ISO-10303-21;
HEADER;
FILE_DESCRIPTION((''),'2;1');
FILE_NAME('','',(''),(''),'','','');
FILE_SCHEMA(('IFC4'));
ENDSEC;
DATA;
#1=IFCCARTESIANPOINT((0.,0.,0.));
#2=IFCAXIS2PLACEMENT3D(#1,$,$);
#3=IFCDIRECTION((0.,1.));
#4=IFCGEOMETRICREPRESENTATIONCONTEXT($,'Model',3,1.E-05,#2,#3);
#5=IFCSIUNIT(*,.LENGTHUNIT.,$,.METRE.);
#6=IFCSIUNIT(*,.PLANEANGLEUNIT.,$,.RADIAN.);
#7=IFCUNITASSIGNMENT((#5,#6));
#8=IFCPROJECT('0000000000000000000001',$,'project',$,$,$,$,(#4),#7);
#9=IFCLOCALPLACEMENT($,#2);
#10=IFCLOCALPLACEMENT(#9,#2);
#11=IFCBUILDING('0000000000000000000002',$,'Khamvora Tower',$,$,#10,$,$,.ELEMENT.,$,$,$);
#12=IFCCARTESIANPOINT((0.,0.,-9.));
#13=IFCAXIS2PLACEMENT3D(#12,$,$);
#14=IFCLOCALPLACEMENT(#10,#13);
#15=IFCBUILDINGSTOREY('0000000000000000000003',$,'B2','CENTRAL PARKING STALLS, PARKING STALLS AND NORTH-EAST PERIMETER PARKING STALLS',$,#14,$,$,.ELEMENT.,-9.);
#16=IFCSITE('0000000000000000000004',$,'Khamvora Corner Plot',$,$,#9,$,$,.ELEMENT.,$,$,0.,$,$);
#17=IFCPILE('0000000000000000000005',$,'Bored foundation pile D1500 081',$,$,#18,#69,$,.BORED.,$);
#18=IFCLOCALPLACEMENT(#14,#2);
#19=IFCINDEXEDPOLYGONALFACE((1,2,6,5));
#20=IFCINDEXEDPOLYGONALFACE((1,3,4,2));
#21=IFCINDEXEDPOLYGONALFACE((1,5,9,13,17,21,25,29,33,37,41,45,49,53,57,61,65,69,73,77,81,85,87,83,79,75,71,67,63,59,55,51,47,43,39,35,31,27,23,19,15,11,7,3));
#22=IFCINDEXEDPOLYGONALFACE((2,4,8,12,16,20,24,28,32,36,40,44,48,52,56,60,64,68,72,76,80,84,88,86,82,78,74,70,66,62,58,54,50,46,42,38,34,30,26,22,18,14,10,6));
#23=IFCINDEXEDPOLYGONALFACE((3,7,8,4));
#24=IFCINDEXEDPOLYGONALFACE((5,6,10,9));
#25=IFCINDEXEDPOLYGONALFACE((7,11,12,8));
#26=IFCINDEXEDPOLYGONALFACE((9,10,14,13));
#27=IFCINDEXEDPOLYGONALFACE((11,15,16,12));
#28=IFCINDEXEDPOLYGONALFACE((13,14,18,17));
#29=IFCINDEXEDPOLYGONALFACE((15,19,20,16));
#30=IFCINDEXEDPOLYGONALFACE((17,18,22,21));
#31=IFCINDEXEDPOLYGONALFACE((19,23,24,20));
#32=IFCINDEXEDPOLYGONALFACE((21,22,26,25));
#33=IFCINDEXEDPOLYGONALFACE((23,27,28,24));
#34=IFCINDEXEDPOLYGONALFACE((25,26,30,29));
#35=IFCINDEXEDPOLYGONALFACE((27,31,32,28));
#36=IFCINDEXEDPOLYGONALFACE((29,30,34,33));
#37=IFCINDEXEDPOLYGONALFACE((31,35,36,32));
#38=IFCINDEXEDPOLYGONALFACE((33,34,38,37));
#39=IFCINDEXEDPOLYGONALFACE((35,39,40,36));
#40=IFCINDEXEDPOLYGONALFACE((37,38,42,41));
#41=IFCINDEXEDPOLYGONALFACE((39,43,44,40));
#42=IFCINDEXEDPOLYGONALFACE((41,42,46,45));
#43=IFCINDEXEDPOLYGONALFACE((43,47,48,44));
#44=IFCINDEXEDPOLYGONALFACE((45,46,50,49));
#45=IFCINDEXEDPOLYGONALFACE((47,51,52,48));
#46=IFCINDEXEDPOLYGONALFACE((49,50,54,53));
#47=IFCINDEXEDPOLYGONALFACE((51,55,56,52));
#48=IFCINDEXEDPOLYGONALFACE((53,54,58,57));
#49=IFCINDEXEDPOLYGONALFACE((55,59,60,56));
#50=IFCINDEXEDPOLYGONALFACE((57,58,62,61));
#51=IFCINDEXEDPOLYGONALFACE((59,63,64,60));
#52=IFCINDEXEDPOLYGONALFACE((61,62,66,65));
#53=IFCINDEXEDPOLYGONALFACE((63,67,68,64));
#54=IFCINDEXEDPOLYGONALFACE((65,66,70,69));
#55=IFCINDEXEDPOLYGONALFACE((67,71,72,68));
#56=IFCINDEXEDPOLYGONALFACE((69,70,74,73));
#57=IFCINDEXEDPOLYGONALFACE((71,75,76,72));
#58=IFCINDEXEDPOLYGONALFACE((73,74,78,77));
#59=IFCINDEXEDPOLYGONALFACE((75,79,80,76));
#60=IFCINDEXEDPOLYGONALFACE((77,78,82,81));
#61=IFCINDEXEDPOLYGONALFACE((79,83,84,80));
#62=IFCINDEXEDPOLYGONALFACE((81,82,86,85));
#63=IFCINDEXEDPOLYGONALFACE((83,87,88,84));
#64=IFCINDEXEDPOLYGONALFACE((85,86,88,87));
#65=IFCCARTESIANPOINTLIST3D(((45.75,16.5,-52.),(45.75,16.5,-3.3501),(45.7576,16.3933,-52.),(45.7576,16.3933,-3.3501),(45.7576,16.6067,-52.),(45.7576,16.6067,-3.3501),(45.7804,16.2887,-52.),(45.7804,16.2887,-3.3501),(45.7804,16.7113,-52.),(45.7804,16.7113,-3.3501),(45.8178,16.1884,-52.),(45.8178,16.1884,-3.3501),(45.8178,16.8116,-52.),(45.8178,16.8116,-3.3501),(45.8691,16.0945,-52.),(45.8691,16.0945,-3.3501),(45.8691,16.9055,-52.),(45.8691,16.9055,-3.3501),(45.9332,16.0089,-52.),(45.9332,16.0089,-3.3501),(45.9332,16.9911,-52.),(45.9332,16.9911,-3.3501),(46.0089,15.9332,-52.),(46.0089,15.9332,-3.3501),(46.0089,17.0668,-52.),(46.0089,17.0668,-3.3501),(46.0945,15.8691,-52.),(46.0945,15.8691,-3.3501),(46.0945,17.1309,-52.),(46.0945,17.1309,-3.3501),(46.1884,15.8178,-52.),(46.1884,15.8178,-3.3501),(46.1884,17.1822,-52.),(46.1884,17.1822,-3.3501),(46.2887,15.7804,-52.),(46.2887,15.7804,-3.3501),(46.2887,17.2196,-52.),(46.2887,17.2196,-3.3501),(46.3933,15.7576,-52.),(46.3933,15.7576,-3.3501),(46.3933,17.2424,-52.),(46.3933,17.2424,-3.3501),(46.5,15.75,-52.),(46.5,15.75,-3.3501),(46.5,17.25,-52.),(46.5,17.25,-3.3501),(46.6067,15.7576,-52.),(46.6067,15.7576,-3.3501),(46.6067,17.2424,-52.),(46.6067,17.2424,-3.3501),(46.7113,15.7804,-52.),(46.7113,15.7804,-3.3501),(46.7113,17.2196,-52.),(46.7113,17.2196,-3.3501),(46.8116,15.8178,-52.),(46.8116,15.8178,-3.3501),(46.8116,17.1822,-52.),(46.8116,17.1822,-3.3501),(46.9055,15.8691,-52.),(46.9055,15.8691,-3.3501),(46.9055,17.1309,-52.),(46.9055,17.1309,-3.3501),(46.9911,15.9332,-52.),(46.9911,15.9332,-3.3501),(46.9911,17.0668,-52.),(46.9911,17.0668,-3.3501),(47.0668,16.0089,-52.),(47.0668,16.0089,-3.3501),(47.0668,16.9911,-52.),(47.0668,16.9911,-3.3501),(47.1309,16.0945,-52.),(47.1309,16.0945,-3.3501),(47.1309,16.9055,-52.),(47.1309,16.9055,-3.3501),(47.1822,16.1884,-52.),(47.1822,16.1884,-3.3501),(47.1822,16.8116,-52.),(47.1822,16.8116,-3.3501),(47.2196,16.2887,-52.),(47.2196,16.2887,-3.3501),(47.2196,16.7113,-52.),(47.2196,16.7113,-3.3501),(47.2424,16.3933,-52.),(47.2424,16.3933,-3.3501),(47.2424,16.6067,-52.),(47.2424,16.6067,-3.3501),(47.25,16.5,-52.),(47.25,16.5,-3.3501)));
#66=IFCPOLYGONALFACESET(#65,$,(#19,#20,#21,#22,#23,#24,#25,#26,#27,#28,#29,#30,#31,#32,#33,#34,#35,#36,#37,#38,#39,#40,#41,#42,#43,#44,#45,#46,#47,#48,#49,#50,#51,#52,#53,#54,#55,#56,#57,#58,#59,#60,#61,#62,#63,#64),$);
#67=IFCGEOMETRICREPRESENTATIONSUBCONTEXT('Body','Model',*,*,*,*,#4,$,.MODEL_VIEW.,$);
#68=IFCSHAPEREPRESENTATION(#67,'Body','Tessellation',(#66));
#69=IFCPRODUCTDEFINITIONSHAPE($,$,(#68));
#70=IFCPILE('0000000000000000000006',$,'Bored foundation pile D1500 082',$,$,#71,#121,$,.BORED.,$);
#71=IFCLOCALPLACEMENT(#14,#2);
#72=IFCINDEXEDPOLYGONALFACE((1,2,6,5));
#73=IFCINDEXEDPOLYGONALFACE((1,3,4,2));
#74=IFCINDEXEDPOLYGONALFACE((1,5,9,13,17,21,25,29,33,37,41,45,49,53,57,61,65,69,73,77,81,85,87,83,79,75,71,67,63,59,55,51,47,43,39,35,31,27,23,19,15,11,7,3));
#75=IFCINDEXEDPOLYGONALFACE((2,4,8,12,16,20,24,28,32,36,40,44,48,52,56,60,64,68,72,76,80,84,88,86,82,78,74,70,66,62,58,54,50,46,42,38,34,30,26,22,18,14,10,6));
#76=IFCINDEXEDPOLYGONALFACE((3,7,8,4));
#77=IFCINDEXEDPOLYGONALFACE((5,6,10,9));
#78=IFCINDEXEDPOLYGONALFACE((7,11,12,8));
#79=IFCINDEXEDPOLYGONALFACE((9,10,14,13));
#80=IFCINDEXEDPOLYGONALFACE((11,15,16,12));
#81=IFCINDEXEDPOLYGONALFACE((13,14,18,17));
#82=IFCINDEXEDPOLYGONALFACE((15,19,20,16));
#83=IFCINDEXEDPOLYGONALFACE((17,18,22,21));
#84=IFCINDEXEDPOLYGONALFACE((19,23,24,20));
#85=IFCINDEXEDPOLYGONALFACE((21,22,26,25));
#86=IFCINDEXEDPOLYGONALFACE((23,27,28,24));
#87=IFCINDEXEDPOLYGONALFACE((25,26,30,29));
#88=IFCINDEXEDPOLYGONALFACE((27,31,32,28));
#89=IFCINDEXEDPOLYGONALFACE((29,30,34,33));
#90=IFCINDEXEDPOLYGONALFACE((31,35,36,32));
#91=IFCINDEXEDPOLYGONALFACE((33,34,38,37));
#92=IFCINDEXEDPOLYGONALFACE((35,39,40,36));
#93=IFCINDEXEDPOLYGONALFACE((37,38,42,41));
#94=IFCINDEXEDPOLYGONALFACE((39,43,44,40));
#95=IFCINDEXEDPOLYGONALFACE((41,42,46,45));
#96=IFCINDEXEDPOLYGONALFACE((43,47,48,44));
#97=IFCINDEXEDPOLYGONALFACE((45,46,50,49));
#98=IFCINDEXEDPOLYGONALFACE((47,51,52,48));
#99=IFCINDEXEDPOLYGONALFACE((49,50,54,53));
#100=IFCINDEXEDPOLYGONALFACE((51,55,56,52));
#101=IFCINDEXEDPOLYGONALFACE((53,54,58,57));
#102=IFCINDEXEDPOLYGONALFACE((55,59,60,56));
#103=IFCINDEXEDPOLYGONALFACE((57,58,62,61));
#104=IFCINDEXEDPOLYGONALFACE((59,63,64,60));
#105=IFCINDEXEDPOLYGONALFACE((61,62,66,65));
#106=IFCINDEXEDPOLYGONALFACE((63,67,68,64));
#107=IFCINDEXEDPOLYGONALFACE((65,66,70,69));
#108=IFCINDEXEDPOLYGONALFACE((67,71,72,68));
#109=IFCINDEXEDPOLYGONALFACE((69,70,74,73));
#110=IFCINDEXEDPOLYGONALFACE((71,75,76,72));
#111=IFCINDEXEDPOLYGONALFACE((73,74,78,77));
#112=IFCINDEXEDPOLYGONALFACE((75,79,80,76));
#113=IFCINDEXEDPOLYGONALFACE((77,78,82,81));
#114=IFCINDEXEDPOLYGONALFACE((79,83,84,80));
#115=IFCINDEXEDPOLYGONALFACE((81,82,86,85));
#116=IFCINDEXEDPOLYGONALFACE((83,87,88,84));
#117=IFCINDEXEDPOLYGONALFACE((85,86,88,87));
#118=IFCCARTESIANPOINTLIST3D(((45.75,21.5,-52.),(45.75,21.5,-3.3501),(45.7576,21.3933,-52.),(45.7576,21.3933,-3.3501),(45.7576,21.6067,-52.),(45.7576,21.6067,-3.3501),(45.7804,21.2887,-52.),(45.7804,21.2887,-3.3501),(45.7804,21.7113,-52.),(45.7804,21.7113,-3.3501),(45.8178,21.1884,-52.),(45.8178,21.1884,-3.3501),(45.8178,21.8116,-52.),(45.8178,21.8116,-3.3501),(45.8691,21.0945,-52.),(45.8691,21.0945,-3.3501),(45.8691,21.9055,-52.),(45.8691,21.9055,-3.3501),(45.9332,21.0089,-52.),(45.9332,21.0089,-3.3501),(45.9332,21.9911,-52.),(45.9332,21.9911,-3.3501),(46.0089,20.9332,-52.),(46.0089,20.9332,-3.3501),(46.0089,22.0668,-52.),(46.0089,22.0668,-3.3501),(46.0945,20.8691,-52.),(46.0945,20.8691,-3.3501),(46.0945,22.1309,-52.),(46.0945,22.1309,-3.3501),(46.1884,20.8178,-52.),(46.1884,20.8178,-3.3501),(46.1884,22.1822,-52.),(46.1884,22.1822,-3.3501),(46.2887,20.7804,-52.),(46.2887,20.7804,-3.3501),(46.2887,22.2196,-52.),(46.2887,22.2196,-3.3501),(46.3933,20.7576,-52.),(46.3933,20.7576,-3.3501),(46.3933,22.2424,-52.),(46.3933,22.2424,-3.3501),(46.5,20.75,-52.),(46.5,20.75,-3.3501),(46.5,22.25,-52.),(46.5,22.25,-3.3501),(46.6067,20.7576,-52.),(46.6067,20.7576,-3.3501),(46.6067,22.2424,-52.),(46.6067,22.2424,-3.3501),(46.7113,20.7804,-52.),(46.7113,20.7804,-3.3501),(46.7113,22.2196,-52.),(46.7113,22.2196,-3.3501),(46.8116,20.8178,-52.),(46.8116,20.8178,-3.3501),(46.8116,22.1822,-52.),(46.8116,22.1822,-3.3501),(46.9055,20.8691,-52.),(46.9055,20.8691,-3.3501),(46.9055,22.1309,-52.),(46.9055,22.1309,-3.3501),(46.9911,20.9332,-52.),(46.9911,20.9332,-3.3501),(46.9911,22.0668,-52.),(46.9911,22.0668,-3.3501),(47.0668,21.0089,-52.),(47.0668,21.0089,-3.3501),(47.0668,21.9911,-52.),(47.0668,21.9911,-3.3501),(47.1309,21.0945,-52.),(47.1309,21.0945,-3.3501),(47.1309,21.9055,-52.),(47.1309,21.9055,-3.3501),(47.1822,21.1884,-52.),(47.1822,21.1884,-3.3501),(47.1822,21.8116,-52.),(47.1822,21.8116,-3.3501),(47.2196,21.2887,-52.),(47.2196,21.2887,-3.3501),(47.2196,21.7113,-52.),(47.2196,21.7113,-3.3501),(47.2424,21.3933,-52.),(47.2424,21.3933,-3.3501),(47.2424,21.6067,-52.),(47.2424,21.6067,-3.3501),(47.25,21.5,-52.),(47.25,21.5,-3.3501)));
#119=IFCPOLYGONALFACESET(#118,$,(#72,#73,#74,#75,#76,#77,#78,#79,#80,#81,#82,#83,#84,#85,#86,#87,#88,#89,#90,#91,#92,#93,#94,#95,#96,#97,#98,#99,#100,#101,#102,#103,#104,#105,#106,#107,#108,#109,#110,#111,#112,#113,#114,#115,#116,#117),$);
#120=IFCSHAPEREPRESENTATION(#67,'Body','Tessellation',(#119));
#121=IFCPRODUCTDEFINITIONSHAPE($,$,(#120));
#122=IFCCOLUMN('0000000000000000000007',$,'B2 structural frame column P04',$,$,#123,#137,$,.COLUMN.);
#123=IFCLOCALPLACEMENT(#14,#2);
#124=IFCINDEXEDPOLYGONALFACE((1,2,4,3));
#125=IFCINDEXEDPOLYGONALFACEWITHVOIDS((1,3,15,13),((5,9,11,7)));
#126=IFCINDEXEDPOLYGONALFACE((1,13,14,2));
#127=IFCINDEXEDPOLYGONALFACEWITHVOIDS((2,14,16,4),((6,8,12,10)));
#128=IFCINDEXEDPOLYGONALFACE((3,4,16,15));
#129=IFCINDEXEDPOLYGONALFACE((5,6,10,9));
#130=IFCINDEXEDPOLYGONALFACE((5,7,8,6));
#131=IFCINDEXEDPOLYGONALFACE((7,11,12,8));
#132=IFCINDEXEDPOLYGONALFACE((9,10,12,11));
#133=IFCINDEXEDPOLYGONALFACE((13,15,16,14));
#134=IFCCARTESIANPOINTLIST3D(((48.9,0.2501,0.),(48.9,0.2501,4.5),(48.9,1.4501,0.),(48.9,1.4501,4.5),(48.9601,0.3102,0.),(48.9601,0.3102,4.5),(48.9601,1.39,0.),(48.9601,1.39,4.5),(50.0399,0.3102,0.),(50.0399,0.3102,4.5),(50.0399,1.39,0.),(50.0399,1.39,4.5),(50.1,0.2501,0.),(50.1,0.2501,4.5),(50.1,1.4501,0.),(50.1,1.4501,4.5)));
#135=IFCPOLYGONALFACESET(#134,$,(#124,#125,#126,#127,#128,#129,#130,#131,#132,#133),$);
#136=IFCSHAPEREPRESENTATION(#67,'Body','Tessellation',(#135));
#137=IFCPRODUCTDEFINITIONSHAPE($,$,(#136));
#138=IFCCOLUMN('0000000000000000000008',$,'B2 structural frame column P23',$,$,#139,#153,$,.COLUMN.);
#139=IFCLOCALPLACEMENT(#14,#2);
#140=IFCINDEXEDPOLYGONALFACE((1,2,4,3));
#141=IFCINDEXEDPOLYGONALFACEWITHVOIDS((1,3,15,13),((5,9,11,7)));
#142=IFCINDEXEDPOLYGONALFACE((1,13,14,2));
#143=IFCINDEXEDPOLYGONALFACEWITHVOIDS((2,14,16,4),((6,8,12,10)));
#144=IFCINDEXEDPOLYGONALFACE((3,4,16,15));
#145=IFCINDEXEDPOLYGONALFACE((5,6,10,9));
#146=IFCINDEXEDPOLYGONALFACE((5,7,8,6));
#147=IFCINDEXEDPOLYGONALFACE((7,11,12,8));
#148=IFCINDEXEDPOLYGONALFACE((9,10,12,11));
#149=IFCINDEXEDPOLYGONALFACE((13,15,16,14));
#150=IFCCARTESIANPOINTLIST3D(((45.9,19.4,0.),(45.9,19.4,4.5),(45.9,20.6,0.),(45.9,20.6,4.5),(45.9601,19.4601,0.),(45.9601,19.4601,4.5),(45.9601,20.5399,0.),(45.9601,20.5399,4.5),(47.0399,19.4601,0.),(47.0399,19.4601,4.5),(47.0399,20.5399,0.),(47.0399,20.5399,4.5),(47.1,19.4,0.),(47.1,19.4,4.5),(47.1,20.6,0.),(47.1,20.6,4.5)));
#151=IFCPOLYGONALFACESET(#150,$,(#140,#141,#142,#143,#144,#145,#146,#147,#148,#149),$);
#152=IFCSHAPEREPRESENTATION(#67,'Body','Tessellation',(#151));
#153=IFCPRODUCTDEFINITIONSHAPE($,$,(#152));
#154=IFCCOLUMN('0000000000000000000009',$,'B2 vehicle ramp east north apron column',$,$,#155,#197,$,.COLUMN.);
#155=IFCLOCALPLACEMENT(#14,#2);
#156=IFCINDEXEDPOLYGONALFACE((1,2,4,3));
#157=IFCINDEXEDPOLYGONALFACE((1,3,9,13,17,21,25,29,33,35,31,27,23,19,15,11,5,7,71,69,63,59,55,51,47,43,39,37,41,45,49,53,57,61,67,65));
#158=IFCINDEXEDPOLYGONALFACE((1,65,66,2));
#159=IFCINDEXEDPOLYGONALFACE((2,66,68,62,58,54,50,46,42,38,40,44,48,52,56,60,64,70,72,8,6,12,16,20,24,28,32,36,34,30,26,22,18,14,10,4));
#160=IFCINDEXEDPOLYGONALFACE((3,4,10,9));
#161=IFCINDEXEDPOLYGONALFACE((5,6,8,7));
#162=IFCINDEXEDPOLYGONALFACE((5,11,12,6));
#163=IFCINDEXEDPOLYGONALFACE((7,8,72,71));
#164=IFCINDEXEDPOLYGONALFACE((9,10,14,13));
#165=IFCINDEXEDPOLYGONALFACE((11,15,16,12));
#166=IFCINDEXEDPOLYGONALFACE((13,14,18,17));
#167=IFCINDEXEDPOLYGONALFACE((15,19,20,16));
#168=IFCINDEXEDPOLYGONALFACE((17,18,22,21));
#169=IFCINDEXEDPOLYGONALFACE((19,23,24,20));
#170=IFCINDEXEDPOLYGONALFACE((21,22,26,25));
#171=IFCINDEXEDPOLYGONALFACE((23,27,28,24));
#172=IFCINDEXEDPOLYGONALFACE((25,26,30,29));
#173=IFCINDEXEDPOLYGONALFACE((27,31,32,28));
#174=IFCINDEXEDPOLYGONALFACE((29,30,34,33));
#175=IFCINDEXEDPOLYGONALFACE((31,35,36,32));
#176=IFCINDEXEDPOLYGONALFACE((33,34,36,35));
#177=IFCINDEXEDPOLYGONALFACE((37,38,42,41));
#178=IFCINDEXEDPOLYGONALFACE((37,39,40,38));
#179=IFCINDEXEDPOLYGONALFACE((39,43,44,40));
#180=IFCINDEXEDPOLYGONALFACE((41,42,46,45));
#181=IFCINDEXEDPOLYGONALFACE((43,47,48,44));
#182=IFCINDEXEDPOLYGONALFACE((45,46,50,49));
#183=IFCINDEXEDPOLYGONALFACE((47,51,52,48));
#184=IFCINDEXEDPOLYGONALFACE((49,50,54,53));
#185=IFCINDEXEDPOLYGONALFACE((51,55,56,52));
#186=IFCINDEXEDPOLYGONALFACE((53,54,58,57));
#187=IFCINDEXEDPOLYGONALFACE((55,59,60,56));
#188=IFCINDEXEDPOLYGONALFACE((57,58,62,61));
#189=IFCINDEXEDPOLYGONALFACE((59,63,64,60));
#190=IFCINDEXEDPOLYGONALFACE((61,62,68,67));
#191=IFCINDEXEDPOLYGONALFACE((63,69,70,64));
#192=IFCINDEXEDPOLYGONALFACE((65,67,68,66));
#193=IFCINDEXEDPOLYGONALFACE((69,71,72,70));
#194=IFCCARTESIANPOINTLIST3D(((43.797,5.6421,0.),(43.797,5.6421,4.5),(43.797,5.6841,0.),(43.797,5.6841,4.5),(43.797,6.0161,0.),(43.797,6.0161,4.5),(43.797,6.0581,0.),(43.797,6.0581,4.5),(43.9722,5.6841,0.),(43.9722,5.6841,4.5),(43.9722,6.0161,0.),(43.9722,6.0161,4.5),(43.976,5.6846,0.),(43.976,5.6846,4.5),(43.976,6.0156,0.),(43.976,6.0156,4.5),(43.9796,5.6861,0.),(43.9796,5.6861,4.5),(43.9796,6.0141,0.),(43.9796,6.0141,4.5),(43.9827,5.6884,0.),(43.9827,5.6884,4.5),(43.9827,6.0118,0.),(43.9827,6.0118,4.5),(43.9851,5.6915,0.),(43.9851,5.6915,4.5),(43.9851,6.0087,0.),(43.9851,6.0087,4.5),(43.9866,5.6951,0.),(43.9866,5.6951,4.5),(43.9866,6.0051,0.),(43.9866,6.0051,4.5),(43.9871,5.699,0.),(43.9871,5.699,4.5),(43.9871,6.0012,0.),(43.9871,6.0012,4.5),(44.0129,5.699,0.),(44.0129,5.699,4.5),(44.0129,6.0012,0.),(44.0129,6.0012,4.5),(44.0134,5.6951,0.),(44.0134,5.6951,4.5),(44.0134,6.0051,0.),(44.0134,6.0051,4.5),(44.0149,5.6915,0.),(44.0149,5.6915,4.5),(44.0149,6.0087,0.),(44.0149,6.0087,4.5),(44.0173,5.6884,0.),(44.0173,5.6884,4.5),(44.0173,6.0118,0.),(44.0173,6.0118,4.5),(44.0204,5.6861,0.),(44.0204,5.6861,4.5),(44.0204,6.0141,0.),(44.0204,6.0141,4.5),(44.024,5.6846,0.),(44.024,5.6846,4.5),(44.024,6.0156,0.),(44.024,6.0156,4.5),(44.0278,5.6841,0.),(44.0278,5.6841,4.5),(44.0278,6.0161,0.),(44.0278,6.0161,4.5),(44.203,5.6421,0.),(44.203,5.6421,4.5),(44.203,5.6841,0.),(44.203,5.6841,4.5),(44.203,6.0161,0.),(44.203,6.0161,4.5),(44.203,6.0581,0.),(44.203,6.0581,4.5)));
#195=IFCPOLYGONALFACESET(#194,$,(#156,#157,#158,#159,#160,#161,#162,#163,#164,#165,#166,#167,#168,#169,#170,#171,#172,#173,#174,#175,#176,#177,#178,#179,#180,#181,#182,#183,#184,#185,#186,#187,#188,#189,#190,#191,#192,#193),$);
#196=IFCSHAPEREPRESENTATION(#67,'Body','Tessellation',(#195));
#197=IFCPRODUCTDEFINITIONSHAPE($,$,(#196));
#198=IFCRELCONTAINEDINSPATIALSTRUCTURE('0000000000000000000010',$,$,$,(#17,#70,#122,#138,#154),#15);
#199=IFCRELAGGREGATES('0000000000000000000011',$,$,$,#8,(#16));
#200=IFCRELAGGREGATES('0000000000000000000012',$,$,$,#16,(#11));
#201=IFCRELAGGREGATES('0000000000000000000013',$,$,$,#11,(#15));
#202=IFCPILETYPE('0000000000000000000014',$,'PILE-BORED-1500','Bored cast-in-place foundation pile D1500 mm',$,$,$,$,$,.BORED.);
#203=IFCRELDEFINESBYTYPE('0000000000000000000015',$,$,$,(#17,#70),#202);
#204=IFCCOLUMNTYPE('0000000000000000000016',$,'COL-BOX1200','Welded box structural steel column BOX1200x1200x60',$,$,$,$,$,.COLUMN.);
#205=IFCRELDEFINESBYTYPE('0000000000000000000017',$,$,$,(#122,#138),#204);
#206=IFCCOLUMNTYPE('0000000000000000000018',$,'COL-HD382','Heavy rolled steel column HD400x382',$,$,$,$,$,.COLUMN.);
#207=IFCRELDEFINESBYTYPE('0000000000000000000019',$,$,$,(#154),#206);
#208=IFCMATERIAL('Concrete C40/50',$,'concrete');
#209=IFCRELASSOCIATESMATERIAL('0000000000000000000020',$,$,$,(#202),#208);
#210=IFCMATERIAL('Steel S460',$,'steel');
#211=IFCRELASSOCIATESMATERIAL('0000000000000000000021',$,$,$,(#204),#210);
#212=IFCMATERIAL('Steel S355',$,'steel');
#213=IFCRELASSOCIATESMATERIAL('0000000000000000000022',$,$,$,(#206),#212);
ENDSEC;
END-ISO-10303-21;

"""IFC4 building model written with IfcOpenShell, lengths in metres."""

from ifc_helpers import new_model, si_unit, direction, frame, origin, origin_2d, place, context, subcontext, project, spatial, hollow_rectangle, circle, i_section, extrude, material, material_profile, profile_set, type_object, element, save


model = new_model("IFC4")

# Units and contexts
model_context = context("Model", 3, precision=1e-05, world=origin(), true_north=direction((0.0, 1.0)))
body_context = subcontext(model_context, "Body", "Model", "MODEL_VIEW")
ifc_project = project(units=[si_unit("LENGTHUNIT", "METRE"), si_unit("PLANEANGLEUNIT", "RADIAN")], contexts=[model_context])

# Site, building, storey
site_placement = place(None, origin())
site = spatial("IfcSite", under=ifc_project, at=site_placement, Name="Khamvora Corner Plot", CompositionType="ELEMENT", RefElevation=0.0)
building_placement = place(site_placement, origin())
building = spatial("IfcBuilding", under=site, at=building_placement, Name="Khamvora Tower", CompositionType="ELEMENT")
storey_placement = place(building_placement, frame((0.0, 0.0, -9.0)))
storey = spatial("IfcBuildingStorey", under=building, at=storey_placement, Name="B2", Description="CENTRAL PARKING STALLS, PARKING STALLS AND NORTH-EAST PERIMETER PARKING STALLS", CompositionType="ELEMENT", Elevation=-9.0)

# Piles
ifc_material_1 = material(Name="Concrete C40/50", Category="concrete")
ifc_material_profile_1 = material_profile(ifc_material_1, circle(Radius=0.75, at=origin_2d()), Name="PILE_D1500")
ifc_profile_set_1 = profile_set([ifc_material_profile_1], Name="Concrete C40/50")
pile_type = type_object("IfcPileType", Name="PILE-BORED-1500", Description="Bored cast-in-place foundation pile D1500 mm", PredefinedType="BORED", material=ifc_profile_set_1)
for number, where, z_axis, x_axis, name in (
    (1, (46.5, 16.5, -3.3501), (0.0, 0.0, -1.0), (1.0, 0.0, 0.0), "Bored foundation pile D1500 081"),
    (2, (46.5, 21.5, -3.3501), (0.0, 0.0, -1.0), (1.0, 0.0, 0.0), "Bored foundation pile D1500 082"),
):
    element("IfcPile", number, at=place(storey_placement, frame(where, z_axis=z_axis, x_axis=x_axis)), inside=storey, type_object=pile_type, Name=name, PredefinedType="BORED", context=body_context, shape_type="SweptSolid", body=[
        extrude(circle(Radius=0.75, at=origin_2d()), origin(), (0.0, 0.0, 1.0), 48.6499),
    ])

# Columns
ifc_material_2 = material(Name="Steel S460", Category="steel")
ifc_material_profile_2 = material_profile(ifc_material_2, hollow_rectangle(XDim=1.2, YDim=1.2, WallThickness=0.0601, at=origin_2d()), Name="BOX1200x1200x60")
ifc_profile_set_2 = profile_set([ifc_material_profile_2], Name="Steel S460")
column_type_1 = type_object("IfcColumnType", Name="COL-BOX1200", Description="Welded box structural steel column BOX1200x1200x60", PredefinedType="COLUMN", material=ifc_profile_set_2)
for number, where, z_axis, x_axis, name in (
    (3, (49.5, 0.8501, 0.0), (0.0, 0.0, 1.0), (1.0, 0.0, 0.0), "B2 structural frame column P04"),
    (4, (46.5, 20.0, 0.0), (0.0, 0.0, 1.0), (1.0, 0.0, 0.0), "B2 structural frame column P23"),
):
    element("IfcColumn", number, at=place(storey_placement, frame(where, z_axis=z_axis, x_axis=x_axis)), inside=storey, type_object=column_type_1, Name=name, PredefinedType="COLUMN", context=body_context, shape_type="SweptSolid", body=[
        extrude(hollow_rectangle(XDim=1.2, YDim=1.2, WallThickness=0.0601, at=origin_2d()), origin(), (0.0, 0.0, 1.0), 4.5),
    ])
ifc_material_3 = material(Name="Steel S355", Category="steel")
ifc_material_profile_3 = material_profile(ifc_material_3, i_section(OverallWidth=0.406, OverallDepth=0.416, WebThickness=0.0259, FlangeThickness=0.042, FilletRadius=0.0149, at=origin_2d()), Name="HD400x382")
ifc_profile_set_3 = profile_set([ifc_material_profile_3], Name="Steel S355")
column_type_2 = type_object("IfcColumnType", Name="COL-HD382", Description="Heavy rolled steel column HD400x382", PredefinedType="COLUMN", material=ifc_profile_set_3)
column_1_placement = place(storey_placement, frame((44.0, 5.8501, 0.0), z_axis=(0.0, 0.0, 1.0), x_axis=(1.0, 0.0, 0.0)))
element("IfcColumn", 5, at=column_1_placement, inside=storey, type_object=column_type_2, Name="B2 vehicle ramp east north apron column", PredefinedType="COLUMN", context=body_context, shape_type="SweptSolid", body=[
    extrude(i_section(OverallWidth=0.406, OverallDepth=0.416, WebThickness=0.0259, FlangeThickness=0.042, FilletRadius=0.0149, at=origin_2d()), origin(), (0.0, 0.0, 1.0), 4.5),
])

save(model, "model.ifc")
